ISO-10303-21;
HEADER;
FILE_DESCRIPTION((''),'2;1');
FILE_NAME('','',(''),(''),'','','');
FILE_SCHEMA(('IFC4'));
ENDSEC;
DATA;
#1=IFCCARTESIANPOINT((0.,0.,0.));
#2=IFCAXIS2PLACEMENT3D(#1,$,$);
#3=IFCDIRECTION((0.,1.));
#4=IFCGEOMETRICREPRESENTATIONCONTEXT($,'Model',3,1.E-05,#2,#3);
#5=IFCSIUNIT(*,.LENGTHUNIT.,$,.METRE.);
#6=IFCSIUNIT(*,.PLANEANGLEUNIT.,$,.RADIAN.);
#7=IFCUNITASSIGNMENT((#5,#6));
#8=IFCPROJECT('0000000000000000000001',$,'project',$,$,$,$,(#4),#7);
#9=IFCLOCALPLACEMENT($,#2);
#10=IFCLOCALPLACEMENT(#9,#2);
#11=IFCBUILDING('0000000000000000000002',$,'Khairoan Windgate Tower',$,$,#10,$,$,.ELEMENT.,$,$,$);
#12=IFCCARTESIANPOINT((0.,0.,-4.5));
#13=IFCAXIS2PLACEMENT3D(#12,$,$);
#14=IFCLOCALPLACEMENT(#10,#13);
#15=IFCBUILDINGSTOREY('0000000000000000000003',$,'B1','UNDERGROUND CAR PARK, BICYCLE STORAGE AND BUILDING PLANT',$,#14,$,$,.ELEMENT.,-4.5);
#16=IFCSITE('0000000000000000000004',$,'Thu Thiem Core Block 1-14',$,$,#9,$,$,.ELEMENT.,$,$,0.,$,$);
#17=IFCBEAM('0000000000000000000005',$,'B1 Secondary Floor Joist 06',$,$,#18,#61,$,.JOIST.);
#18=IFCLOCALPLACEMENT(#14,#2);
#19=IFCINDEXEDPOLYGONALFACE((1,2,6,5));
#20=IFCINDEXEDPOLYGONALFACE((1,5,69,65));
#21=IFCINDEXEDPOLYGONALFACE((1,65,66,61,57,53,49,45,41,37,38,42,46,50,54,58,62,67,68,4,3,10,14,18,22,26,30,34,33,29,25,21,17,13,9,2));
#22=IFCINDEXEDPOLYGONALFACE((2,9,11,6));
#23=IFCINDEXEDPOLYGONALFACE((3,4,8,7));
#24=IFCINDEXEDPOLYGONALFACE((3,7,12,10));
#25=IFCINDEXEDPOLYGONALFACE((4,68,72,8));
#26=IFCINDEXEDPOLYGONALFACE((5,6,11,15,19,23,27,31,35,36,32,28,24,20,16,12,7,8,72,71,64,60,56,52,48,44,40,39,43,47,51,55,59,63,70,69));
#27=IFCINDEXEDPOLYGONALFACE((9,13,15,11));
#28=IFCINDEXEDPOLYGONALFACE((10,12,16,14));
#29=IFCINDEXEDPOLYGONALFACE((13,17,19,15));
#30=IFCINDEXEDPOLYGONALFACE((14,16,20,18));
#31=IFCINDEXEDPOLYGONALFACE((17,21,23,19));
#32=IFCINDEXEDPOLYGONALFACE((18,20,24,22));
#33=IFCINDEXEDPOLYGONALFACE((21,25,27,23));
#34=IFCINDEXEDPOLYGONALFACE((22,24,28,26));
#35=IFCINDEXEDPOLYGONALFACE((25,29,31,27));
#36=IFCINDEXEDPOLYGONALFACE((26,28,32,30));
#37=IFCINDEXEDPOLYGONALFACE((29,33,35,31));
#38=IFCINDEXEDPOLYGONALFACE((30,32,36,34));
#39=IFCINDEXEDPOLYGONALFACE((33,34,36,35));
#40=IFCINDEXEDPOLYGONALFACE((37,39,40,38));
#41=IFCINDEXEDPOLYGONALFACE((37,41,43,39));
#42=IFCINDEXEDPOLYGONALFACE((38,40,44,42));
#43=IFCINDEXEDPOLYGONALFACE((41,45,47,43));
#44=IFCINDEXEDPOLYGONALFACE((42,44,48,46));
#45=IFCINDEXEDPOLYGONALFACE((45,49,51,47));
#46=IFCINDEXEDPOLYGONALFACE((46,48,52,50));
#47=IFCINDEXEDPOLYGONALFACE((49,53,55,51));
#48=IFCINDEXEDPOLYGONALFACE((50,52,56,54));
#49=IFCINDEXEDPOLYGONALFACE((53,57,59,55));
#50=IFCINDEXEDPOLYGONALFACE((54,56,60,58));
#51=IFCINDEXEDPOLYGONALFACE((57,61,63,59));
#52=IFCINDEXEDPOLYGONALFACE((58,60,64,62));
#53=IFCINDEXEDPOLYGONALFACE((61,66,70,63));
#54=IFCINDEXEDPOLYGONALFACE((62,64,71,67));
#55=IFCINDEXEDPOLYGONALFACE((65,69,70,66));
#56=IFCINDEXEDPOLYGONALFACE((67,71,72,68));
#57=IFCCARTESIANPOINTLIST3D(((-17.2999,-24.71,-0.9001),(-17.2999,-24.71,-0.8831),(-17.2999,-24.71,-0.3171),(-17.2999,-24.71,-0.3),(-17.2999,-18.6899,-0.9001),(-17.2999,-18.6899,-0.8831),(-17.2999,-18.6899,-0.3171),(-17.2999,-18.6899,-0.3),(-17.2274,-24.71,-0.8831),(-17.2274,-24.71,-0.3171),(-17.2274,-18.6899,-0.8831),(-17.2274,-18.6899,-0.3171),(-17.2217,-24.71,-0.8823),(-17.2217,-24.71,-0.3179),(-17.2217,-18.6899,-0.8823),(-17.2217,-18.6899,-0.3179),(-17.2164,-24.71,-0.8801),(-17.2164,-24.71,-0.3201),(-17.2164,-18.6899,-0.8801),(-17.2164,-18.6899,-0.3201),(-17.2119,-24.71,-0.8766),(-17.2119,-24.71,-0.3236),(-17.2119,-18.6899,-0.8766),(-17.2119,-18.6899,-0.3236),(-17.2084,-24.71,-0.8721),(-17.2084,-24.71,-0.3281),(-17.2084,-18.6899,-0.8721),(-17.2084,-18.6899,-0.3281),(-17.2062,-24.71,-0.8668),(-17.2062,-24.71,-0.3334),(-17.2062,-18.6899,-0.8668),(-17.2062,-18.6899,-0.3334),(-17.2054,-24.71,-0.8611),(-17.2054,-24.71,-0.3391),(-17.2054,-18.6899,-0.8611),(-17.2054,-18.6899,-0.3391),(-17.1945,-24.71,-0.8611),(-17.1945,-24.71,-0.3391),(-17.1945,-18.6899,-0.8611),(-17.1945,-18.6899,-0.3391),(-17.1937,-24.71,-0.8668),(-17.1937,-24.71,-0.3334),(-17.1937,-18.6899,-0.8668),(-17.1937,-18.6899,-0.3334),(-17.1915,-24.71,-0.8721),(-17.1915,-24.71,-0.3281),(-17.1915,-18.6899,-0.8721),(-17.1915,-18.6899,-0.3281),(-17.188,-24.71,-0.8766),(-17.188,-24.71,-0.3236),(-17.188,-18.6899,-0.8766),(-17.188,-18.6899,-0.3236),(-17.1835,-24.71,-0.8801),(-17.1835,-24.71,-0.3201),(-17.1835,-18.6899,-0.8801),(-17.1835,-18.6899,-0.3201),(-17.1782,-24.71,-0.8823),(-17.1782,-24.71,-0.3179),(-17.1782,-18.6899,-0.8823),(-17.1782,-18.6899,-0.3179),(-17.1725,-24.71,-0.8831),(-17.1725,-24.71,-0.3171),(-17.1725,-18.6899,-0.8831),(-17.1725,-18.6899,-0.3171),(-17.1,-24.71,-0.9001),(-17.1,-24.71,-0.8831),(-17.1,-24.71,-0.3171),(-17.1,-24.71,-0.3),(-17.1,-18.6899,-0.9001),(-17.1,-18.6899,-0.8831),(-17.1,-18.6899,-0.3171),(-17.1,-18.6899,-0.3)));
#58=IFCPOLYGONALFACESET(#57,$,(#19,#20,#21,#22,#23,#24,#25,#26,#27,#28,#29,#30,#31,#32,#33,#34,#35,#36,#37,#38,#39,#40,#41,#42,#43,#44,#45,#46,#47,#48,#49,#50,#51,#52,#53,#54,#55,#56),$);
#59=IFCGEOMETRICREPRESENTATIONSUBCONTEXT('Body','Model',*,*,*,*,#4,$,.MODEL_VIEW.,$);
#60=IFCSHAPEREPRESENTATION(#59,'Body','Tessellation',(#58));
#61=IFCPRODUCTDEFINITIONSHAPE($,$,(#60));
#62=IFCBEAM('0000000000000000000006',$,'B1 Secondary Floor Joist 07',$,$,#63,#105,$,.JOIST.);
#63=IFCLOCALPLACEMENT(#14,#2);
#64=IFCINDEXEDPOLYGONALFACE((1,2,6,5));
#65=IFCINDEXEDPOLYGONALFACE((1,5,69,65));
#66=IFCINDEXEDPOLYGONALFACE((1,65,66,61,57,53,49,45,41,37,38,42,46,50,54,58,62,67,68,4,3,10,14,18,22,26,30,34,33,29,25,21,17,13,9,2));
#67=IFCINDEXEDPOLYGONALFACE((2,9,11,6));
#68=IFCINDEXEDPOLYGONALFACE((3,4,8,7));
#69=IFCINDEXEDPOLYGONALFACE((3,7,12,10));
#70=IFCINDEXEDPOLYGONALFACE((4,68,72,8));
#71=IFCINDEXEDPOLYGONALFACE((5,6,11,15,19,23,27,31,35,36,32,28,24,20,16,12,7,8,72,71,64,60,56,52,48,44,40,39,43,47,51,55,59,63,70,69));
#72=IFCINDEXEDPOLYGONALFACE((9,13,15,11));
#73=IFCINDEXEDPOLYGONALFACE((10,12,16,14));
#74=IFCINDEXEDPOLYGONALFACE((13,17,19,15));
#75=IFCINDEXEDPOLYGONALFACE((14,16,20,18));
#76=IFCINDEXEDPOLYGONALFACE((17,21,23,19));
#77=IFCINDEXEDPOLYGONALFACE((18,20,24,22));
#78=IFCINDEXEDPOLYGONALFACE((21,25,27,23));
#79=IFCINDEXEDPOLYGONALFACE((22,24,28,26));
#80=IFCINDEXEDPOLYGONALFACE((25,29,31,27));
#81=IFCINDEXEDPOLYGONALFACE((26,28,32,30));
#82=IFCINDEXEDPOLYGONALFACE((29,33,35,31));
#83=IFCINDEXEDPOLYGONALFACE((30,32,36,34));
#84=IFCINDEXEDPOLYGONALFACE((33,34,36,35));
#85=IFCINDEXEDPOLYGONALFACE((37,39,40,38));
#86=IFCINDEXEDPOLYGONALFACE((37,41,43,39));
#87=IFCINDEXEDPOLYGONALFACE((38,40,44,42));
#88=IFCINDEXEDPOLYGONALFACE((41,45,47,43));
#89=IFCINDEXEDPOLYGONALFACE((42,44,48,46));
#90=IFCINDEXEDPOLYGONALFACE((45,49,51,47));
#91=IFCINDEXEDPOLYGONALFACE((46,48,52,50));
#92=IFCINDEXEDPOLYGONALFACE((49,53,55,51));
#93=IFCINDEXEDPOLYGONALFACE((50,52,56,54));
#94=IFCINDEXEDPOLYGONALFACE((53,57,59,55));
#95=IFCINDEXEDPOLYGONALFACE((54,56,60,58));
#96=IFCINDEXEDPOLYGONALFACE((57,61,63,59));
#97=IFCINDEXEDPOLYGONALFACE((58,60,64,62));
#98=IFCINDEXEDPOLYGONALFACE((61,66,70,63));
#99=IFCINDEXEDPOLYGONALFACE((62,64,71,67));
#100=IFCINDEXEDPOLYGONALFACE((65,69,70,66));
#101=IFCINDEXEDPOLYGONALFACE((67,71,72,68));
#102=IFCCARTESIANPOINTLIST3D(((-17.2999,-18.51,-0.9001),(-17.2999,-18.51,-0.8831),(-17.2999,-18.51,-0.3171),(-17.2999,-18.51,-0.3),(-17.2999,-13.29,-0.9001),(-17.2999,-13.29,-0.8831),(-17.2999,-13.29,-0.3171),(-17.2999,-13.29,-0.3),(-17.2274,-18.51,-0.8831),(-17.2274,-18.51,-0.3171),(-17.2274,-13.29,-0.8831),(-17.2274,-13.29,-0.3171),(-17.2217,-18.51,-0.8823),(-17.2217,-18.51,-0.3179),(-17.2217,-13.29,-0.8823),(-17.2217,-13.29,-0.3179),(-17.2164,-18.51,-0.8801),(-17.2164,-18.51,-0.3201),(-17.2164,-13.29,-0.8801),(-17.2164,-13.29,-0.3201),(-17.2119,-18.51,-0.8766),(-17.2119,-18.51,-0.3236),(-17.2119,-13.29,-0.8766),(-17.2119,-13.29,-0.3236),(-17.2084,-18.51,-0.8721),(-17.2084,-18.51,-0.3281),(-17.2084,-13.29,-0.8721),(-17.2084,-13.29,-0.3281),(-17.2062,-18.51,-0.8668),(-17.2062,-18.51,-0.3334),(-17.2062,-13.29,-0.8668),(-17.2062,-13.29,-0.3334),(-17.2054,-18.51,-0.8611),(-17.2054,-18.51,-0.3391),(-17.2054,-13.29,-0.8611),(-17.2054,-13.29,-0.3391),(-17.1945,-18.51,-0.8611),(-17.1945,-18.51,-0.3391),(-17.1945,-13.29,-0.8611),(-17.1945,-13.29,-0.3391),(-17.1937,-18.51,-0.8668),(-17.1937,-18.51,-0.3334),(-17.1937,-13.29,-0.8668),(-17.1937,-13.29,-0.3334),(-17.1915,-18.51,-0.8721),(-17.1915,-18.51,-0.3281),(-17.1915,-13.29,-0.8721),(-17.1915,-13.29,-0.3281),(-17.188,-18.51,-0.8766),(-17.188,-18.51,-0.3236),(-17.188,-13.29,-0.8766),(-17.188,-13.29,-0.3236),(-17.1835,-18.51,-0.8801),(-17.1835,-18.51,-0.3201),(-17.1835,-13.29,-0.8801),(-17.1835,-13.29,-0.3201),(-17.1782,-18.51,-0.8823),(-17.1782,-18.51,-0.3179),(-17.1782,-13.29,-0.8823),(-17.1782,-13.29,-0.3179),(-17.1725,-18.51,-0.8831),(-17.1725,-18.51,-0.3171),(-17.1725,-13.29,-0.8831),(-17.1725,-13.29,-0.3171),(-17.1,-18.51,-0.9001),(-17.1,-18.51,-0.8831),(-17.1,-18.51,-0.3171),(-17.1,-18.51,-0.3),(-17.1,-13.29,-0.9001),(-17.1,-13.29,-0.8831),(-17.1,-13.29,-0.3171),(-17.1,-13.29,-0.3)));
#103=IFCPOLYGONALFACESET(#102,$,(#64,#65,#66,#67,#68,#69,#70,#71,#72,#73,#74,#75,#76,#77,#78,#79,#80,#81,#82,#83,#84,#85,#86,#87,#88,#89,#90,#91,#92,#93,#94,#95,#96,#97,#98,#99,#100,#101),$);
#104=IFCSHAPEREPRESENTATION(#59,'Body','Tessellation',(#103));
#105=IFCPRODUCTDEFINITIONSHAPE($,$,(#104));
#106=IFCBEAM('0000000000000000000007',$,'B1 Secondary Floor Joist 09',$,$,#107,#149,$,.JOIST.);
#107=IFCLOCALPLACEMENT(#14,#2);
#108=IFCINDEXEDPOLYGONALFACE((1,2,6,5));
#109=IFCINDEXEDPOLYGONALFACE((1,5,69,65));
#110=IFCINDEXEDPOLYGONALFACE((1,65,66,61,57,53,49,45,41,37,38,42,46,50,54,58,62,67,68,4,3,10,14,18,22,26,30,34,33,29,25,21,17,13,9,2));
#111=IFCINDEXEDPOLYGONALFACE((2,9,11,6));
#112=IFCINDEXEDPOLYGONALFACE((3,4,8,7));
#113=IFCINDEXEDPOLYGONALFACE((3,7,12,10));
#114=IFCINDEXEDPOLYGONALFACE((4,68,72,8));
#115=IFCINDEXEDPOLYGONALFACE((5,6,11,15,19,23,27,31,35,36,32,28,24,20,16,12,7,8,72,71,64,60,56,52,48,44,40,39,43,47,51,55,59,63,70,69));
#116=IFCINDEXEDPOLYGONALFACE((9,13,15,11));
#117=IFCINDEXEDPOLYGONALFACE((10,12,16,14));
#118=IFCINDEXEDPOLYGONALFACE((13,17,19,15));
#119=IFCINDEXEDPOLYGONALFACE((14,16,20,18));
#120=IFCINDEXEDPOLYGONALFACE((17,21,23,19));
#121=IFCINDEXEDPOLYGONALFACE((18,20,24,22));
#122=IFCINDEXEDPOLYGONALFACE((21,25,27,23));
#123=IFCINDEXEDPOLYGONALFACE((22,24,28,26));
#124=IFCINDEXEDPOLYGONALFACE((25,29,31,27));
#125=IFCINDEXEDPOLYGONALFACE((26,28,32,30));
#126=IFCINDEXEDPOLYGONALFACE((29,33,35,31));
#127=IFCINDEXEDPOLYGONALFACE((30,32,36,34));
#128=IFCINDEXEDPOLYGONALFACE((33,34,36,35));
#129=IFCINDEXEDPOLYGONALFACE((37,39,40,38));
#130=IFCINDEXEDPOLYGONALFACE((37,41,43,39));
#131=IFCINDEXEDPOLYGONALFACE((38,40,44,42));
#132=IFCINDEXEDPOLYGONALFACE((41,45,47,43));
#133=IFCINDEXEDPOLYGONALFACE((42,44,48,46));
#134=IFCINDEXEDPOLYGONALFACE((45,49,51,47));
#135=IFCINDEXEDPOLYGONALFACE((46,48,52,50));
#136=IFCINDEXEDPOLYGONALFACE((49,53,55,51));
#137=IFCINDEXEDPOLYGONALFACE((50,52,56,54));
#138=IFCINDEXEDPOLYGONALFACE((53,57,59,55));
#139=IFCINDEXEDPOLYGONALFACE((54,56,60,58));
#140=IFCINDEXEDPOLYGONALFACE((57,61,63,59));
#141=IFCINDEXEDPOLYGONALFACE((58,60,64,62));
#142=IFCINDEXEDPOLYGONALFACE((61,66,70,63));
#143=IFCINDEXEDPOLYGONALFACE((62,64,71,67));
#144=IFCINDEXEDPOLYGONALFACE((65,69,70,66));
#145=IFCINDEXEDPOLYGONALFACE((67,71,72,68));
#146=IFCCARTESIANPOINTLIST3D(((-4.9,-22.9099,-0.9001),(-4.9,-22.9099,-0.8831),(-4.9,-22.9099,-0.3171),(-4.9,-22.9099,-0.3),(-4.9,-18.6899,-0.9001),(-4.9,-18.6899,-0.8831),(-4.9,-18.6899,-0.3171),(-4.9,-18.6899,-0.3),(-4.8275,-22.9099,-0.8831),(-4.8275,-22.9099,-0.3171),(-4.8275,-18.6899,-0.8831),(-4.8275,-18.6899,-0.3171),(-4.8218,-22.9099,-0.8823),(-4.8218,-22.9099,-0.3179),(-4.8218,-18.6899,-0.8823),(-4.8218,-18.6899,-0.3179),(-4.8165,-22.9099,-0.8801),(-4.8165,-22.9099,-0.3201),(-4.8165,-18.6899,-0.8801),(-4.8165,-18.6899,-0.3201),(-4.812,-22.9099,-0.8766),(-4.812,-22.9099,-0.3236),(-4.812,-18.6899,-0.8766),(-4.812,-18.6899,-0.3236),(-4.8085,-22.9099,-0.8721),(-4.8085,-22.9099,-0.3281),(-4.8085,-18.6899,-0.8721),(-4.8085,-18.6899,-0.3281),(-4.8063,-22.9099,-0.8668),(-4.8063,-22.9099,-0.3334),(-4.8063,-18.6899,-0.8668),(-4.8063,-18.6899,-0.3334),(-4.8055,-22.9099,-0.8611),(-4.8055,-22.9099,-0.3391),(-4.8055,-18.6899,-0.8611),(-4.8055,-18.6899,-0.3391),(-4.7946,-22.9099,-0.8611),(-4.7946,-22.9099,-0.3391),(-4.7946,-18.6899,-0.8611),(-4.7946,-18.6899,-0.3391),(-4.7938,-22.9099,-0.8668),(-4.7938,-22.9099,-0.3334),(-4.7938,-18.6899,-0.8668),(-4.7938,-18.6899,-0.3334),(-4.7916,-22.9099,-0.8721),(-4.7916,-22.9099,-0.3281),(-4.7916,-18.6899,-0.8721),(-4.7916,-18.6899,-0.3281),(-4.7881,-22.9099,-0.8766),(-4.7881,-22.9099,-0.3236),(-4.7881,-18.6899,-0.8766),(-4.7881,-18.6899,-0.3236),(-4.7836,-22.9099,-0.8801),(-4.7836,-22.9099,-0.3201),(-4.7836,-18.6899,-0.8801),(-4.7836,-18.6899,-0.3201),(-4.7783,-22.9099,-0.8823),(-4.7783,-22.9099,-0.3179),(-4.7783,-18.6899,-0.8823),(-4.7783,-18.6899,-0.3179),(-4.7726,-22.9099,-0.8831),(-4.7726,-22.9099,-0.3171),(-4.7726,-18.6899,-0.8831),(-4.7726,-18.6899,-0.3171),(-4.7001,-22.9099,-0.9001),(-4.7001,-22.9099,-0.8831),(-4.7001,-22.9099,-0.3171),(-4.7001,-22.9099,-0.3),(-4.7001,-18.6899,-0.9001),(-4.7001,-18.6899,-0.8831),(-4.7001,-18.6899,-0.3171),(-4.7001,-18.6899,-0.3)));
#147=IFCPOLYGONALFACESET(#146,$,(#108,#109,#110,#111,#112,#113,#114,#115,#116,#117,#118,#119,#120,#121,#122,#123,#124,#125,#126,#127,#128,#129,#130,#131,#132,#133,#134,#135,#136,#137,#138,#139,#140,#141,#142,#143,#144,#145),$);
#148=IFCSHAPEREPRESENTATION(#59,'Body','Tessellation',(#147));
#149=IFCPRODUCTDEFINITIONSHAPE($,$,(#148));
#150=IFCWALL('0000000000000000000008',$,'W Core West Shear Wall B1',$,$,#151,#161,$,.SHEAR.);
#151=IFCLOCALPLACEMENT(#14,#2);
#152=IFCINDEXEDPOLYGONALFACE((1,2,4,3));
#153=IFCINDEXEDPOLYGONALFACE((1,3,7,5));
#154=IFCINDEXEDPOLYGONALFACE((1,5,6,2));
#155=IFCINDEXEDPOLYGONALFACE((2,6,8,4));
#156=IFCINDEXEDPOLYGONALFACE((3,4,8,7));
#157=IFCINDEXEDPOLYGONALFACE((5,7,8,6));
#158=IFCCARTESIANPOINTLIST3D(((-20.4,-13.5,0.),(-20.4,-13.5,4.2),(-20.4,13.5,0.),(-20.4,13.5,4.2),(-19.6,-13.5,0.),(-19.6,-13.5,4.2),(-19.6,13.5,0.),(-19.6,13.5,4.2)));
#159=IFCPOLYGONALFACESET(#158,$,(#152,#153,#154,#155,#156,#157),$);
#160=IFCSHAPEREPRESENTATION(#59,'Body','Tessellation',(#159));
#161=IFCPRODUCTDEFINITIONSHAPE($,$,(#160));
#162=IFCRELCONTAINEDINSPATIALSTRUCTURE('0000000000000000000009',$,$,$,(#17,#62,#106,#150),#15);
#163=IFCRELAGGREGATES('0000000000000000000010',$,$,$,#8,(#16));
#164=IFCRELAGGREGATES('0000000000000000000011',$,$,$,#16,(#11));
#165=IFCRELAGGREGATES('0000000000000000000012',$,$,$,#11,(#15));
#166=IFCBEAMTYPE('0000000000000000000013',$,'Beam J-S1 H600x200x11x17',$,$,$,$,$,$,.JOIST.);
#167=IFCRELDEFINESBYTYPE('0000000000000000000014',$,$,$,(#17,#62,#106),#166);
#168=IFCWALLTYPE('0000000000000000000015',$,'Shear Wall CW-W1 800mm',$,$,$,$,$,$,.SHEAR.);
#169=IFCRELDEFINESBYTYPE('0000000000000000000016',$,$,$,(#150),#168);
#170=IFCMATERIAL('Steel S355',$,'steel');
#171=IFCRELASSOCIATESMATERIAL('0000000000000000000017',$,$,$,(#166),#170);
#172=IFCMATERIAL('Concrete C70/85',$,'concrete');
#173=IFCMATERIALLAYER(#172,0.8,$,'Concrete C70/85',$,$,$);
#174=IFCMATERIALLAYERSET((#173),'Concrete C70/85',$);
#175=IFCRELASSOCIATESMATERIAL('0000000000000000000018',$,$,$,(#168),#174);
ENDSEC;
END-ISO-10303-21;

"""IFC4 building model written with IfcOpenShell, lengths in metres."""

from ifc_helpers import new_model, si_unit, direction, frame, frame_2d, origin, origin_2d, place, context, subcontext, project, spatial, rectangle, i_section, extrude, material, layer, layer_set, material_profile, profile_set, type_object, element, save


model = new_model("IFC4")

# Units and contexts
model_context = context("Model", 3, precision=1e-05, world=origin(), true_north=direction((0.0, 1.0)))
body_context = subcontext(model_context, "Body", "Model", "MODEL_VIEW")
ifc_project = project(units=[si_unit("LENGTHUNIT", "METRE"), si_unit("PLANEANGLEUNIT", "RADIAN")], contexts=[model_context])

# Site, building, storey
site_placement = place(None, origin())
site = spatial("IfcSite", under=ifc_project, at=site_placement, Name="Thu Thiem Core Block 1-14", CompositionType="ELEMENT", RefElevation=0.0)
building_placement = place(site_placement, origin())
building = spatial("IfcBuilding", under=site, at=building_placement, Name="Khairoan Windgate Tower", CompositionType="ELEMENT")
storey_placement = place(building_placement, frame((0.0, 0.0, -4.5)))
storey = spatial("IfcBuildingStorey", under=building, at=storey_placement, Name="B1", Description="UNDERGROUND CAR PARK, BICYCLE STORAGE AND BUILDING PLANT", CompositionType="ELEMENT", Elevation=-4.5)

# Beams
ifc_material_1 = material(Name="Steel S355", Category="steel")
ifc_material_profile_1 = material_profile(ifc_material_1, i_section(OverallWidth=0.2, OverallDepth=0.6001, WebThickness=0.011, FlangeThickness=0.0171, FilletRadius=0.022, at=origin_2d()))
ifc_profile_set_1 = profile_set([ifc_material_profile_1], Name="Steel S355")
beam_type_1 = type_object("IfcBeamType", Name="Beam J-S1 H600x200x11x17", PredefinedType="JOIST", material=ifc_profile_set_1)
beam_1_placement = place(storey_placement, frame((-17.2, -24.71, -0.6001), z_axis=(0.0, 1.0, 0.0), x_axis=(-1.0, 0.0, 0.0)))
element("IfcBeam", 1, at=beam_1_placement, inside=storey, type_object=beam_type_1, Name="B1 Secondary Floor Joist 06", PredefinedType="JOIST", context=body_context, shape_type="SweptSolid", body=[
    extrude(i_section(OverallWidth=0.2, OverallDepth=0.6001, WebThickness=0.011, FlangeThickness=0.0171, FilletRadius=0.022, at=origin_2d()), origin(), (0.0, 0.0, 1.0), 6.02),
])
beam_2_placement = place(storey_placement, frame((-17.2, -18.51, -0.6001), z_axis=(0.0, 1.0, 0.0), x_axis=(-1.0, 0.0, 0.0)))
element("IfcBeam", 2, at=beam_2_placement, inside=storey, type_object=beam_type_1, Name="B1 Secondary Floor Joist 07", PredefinedType="JOIST", context=body_context, shape_type="SweptSolid", body=[
    extrude(i_section(OverallWidth=0.2, OverallDepth=0.6001, WebThickness=0.011, FlangeThickness=0.0171, FilletRadius=0.022, at=origin_2d()), origin(), (0.0, 0.0, 1.0), 5.22),
])
beam_3_placement = place(storey_placement, frame((-4.8, -22.9099, -0.6001), z_axis=(0.0, 1.0, 0.0), x_axis=(-1.0, 0.0, 0.0)))
element("IfcBeam", 3, at=beam_3_placement, inside=storey, type_object=beam_type_1, Name="B1 Secondary Floor Joist 09", PredefinedType="JOIST", context=body_context, shape_type="SweptSolid", body=[
    extrude(i_section(OverallWidth=0.2, OverallDepth=0.6001, WebThickness=0.011, FlangeThickness=0.0171, FilletRadius=0.022, at=origin_2d()), origin(), (0.0, 0.0, 1.0), 4.22),
])

# Wall
ifc_material_2 = material(Name="Concrete C70/85", Category="concrete")
ifc_layer = layer(ifc_material_2, 0.8, Name="Concrete C70/85")
ifc_layer_set = layer_set([ifc_layer], Name="Concrete C70/85")
wall_type = type_object("IfcWallType", Name="Shear Wall CW-W1 800mm", PredefinedType="SHEAR", material=ifc_layer_set)
wall_1_placement = place(storey_placement, frame((-20.0, -13.5, 0.0), z_axis=(0.0, 0.0, 1.0), x_axis=(0.0, 1.0, 0.0)))
element("IfcWall", 4, at=wall_1_placement, inside=storey, type_object=wall_type, Name="W Core West Shear Wall B1", PredefinedType="SHEAR", context=body_context, shape_type="SweptSolid", body=[
    extrude(rectangle(XDim=27.0, YDim=0.8, at=frame_2d((13.5, 0.0))), origin(), (0.0, 0.0, 1.0), 4.2),
])

save(model, "model.ifc")
